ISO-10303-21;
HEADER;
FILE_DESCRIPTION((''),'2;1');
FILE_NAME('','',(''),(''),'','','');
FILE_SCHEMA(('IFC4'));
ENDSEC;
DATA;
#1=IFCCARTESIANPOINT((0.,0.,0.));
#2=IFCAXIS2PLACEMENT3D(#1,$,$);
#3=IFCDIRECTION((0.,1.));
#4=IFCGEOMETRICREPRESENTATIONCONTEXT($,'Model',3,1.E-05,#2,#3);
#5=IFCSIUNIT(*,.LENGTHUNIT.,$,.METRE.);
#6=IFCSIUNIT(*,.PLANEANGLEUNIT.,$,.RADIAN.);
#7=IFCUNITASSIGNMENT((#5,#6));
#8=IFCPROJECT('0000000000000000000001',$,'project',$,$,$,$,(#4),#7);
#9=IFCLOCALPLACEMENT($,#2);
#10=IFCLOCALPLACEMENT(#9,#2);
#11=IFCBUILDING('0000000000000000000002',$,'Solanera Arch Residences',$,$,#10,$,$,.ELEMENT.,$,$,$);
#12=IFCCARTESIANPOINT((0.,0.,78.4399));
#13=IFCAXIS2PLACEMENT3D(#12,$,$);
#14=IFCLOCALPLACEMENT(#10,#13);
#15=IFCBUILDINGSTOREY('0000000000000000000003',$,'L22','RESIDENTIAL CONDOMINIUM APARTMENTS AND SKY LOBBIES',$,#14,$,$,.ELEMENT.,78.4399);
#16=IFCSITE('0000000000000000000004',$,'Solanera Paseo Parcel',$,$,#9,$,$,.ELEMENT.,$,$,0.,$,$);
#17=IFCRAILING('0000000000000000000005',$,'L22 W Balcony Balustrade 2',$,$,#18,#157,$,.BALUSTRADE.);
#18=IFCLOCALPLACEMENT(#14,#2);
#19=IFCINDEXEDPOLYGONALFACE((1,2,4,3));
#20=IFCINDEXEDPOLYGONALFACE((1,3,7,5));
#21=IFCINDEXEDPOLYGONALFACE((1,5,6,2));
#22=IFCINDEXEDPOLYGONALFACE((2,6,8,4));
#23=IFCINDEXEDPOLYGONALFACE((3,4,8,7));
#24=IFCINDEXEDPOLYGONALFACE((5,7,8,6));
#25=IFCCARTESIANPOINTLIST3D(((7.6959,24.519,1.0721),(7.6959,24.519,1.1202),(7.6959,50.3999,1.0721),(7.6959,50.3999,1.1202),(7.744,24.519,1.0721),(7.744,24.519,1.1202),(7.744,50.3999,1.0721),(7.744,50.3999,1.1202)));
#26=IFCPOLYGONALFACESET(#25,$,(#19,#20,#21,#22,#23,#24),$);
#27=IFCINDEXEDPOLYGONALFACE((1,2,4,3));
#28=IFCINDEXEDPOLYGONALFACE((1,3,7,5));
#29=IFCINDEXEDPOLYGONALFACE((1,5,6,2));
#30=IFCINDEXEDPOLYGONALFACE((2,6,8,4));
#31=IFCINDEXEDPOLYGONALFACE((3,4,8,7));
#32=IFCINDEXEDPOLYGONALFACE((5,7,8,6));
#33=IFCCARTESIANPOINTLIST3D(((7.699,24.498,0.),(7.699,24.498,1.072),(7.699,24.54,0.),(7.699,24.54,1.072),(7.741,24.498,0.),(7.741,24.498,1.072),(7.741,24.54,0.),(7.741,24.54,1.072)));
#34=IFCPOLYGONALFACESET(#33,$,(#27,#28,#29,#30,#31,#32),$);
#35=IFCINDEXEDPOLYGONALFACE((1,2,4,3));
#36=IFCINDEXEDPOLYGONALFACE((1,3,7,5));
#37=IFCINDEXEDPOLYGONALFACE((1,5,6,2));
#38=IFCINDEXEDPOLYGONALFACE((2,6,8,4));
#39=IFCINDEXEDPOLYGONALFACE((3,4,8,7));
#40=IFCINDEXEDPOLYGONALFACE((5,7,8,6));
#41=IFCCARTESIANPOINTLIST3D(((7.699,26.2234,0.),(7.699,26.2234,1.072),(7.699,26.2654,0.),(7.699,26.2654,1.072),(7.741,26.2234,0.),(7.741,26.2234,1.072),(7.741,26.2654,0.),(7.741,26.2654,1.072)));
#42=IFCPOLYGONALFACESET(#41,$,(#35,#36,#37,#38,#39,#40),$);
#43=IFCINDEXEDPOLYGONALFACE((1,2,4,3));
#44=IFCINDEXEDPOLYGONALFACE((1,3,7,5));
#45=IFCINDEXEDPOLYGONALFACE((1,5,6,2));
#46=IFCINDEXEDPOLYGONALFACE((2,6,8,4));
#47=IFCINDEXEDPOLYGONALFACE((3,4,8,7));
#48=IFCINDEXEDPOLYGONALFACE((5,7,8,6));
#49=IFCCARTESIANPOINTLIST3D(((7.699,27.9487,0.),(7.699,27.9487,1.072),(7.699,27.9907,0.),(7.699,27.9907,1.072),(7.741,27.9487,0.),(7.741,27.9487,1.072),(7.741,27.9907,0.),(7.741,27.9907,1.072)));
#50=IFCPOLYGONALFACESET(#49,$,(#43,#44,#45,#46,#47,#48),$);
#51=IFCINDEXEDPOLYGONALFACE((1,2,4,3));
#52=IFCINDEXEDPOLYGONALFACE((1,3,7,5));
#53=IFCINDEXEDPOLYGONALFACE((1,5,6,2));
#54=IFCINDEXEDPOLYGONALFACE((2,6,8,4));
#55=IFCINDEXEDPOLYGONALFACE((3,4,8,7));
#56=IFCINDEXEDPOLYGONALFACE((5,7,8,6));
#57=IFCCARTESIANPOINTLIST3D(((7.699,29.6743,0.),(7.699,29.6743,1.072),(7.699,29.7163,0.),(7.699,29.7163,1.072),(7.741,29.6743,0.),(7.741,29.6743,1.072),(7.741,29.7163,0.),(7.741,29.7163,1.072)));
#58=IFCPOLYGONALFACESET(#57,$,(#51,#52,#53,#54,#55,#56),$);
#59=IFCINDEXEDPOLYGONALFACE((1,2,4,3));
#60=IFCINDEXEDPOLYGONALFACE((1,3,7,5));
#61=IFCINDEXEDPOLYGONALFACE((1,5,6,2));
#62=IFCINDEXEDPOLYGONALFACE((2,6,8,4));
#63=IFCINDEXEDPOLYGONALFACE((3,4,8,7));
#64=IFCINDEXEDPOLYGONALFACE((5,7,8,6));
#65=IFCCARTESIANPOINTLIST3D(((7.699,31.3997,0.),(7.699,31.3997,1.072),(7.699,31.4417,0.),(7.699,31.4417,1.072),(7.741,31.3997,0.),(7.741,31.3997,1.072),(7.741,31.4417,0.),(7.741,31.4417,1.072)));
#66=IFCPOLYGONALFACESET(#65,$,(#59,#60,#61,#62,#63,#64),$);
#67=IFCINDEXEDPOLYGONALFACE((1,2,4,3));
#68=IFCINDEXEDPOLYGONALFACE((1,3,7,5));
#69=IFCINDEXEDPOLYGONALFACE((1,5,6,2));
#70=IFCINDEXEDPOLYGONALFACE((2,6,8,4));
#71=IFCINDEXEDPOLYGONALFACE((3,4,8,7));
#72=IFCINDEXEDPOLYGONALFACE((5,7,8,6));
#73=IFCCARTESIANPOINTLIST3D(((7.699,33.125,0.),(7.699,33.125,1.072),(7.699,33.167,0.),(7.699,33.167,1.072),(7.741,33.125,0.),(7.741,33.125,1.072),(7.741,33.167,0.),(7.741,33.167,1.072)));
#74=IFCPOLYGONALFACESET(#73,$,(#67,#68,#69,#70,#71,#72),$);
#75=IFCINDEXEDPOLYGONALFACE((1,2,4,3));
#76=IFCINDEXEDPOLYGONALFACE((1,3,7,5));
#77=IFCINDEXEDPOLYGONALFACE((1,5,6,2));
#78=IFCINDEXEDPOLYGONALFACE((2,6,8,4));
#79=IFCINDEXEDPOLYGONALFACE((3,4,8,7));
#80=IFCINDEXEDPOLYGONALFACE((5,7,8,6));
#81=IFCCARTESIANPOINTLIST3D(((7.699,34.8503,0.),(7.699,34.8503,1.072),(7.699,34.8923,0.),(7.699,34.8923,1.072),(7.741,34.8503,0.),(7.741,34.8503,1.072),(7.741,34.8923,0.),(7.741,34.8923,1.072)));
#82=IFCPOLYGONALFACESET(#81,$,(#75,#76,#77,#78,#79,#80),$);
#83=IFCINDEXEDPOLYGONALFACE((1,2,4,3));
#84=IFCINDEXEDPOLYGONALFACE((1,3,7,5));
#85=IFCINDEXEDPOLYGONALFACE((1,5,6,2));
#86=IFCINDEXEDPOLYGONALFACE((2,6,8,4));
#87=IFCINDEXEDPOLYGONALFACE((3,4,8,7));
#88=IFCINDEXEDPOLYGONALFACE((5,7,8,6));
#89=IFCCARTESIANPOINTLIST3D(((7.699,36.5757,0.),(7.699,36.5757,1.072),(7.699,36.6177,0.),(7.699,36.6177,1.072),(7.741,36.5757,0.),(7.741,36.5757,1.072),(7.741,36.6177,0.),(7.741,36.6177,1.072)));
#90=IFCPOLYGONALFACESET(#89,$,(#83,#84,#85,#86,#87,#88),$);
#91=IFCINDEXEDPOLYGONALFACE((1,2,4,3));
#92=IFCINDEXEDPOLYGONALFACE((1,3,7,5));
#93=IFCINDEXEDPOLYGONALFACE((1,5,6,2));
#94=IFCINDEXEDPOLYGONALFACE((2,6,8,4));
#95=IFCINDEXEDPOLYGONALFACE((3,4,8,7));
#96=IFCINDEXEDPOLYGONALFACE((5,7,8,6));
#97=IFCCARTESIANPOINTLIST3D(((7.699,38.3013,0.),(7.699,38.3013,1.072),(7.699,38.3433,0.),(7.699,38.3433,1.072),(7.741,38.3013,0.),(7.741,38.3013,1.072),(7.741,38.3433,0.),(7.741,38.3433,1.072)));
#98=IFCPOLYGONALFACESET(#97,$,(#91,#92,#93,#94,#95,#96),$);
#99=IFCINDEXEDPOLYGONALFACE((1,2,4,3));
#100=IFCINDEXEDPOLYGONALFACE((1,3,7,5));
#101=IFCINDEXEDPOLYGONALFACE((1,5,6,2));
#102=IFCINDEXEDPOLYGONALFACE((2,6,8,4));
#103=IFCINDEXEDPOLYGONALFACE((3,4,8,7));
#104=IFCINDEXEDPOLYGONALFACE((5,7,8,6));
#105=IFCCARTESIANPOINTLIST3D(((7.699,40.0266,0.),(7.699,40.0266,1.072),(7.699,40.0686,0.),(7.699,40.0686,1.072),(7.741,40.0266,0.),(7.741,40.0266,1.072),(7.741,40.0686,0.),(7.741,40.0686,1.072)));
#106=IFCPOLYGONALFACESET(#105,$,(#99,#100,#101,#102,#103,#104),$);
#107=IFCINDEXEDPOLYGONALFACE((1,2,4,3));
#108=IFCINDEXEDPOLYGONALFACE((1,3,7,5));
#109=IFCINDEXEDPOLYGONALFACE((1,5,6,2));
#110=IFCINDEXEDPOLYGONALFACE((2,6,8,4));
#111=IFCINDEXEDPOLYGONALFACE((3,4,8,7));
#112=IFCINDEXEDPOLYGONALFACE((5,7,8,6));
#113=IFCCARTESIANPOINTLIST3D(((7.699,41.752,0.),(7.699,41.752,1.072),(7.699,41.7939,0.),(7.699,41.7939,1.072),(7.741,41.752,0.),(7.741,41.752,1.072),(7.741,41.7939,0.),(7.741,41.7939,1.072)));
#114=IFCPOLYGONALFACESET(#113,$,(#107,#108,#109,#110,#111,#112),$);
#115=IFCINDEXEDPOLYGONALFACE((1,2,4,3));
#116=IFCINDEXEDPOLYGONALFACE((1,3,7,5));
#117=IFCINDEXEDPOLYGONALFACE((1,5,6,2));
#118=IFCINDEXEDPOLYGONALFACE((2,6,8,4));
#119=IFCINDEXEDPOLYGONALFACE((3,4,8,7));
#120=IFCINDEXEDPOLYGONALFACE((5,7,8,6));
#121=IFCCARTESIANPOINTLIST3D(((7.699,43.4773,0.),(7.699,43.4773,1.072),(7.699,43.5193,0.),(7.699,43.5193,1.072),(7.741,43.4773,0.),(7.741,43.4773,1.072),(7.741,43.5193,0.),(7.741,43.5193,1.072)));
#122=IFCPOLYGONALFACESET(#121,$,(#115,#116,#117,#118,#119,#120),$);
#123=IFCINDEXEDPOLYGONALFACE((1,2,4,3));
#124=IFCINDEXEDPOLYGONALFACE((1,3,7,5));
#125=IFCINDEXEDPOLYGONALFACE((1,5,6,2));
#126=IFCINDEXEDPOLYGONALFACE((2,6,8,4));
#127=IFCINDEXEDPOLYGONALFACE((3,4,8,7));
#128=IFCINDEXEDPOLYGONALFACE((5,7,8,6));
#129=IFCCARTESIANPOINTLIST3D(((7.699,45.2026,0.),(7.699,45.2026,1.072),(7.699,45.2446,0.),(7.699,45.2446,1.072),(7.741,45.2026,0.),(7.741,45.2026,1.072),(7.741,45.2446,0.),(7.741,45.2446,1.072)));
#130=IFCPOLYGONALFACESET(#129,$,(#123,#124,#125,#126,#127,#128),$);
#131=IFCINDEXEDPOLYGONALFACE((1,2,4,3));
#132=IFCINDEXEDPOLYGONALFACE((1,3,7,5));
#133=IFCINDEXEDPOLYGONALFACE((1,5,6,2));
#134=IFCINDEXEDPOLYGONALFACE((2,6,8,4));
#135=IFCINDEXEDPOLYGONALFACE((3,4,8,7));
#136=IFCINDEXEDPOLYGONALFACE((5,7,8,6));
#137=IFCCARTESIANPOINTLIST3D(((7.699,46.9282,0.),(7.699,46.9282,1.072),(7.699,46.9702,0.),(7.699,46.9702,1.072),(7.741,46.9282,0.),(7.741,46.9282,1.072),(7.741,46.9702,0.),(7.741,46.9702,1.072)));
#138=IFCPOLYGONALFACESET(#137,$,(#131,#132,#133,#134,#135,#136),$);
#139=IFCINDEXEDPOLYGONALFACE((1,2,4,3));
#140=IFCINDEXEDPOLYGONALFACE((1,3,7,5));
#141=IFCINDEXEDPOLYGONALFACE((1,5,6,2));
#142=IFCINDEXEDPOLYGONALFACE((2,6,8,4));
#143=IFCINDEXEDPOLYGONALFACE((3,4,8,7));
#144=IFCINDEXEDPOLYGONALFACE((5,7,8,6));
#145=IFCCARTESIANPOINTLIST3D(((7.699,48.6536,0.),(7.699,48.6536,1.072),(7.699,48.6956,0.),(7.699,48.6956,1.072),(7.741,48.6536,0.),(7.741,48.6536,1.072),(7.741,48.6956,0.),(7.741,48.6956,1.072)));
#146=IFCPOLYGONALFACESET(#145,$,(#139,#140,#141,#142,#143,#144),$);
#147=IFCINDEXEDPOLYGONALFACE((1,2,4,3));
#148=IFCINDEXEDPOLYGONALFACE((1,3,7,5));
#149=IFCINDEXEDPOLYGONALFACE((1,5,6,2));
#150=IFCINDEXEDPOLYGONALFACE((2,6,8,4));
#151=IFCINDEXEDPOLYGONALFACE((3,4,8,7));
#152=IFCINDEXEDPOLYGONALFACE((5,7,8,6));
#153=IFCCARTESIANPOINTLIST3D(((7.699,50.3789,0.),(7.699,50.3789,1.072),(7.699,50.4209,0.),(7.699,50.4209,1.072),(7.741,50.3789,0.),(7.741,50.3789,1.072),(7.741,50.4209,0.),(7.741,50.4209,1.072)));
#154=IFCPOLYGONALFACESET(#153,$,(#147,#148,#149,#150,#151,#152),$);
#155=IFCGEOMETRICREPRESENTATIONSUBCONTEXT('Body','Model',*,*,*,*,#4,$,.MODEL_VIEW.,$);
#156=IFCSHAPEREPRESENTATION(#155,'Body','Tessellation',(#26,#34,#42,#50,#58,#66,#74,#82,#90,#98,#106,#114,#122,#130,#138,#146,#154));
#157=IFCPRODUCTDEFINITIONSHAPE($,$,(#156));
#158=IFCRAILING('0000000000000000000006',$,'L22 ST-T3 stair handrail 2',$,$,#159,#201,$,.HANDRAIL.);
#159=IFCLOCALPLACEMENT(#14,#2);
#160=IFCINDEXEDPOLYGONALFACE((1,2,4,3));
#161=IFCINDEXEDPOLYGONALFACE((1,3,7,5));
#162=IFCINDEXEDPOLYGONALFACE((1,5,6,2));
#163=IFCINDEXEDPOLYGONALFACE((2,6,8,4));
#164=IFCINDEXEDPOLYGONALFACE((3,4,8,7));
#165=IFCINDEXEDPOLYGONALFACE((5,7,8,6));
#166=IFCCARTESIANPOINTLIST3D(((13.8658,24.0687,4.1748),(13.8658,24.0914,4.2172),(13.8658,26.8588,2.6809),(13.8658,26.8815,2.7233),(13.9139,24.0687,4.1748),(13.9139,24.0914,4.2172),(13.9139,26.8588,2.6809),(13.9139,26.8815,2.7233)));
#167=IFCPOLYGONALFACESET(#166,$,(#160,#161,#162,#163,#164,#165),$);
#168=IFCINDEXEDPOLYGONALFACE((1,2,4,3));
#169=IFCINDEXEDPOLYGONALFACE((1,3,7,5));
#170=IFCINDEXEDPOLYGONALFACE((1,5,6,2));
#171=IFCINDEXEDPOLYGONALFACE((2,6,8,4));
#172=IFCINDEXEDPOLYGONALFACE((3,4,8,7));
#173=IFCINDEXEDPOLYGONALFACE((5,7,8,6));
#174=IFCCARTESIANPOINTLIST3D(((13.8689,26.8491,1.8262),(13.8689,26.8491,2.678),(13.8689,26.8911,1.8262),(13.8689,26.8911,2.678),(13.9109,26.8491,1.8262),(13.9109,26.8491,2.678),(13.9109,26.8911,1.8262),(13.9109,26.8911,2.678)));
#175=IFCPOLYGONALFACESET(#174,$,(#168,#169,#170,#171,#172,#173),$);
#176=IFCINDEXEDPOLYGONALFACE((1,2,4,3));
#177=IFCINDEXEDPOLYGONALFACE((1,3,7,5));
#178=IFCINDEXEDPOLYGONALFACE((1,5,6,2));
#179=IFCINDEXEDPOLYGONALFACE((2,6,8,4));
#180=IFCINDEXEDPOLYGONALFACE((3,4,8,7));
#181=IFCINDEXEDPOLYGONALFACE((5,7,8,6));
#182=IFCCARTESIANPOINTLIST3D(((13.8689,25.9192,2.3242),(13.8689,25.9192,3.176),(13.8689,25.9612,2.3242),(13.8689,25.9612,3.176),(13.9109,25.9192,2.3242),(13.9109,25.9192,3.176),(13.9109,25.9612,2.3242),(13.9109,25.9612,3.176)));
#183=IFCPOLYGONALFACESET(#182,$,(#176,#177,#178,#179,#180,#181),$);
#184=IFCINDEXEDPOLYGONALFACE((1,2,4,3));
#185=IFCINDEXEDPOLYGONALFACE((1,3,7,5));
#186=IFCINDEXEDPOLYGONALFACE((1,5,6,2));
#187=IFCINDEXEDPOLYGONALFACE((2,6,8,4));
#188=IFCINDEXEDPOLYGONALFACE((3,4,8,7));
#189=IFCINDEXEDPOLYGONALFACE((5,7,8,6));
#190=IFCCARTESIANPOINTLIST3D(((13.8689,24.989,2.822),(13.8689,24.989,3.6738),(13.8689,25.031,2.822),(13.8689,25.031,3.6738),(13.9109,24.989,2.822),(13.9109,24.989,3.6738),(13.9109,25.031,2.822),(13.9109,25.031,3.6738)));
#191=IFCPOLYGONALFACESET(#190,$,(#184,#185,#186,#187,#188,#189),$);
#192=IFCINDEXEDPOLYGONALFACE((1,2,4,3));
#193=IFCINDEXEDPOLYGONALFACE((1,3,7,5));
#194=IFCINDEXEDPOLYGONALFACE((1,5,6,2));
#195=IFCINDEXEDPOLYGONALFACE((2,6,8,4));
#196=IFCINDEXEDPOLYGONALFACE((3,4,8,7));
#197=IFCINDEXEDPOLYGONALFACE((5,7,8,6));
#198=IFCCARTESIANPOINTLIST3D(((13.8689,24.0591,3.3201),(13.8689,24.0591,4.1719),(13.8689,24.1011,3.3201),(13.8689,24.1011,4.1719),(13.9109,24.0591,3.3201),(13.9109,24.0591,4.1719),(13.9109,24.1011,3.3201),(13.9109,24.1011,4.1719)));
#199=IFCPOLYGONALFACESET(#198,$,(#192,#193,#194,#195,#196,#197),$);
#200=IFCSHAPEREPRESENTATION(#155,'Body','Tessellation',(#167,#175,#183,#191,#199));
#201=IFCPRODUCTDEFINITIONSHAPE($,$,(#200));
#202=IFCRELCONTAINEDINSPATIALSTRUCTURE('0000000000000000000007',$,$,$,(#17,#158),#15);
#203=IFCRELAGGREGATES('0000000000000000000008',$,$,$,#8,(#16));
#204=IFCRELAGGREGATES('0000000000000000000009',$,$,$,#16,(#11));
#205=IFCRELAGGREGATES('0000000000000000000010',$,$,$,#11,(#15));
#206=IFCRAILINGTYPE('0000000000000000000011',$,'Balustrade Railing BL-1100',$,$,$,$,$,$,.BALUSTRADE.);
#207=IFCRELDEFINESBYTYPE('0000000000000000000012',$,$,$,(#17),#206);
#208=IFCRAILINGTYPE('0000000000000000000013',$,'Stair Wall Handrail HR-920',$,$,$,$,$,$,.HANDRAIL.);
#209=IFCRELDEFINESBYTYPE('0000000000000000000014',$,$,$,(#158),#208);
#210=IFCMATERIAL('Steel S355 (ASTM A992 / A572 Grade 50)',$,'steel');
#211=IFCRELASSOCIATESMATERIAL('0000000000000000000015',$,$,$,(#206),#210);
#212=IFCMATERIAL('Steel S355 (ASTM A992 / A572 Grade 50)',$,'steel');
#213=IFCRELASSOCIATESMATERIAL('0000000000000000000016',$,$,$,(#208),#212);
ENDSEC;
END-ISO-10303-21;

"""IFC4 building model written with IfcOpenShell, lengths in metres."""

from ifc_helpers import new_model, si_unit, direction, frame, origin, origin_2d, place, context, subcontext, project, spatial, rectangle, extrude, material, type_object, element, save


model = new_model("IFC4")

# Units and contexts
model_context = context("Model", 3, precision=1e-05, world=origin(), true_north=direction((0.0, 1.0)))
body_context = subcontext(model_context, "Body", "Model", "MODEL_VIEW")
ifc_project = project(units=[si_unit("LENGTHUNIT", "METRE"), si_unit("PLANEANGLEUNIT", "RADIAN")], contexts=[model_context])

# Site, building, storey
site_placement = place(None, origin())
site = spatial("IfcSite", under=ifc_project, at=site_placement, Name="Solanera Paseo Parcel", CompositionType="ELEMENT", RefElevation=0.0)
building_placement = place(site_placement, origin())
building = spatial("IfcBuilding", under=site, at=building_placement, Name="Solanera Arch Residences", CompositionType="ELEMENT")
storey_placement = place(building_placement, frame((0.0, 0.0, 78.4399)))
storey = spatial("IfcBuildingStorey", under=building, at=storey_placement, Name="L22", Description="RESIDENTIAL CONDOMINIUM APARTMENTS AND SKY LOBBIES", CompositionType="ELEMENT", Elevation=78.4399)

# Railings
ifc_material_1 = material(Name="Steel S355 (ASTM A992 / A572 Grade 50)", Category="steel")
railing_type_1 = type_object("IfcRailingType", Name="Balustrade Railing BL-1100", PredefinedType="BALUSTRADE", material=ifc_material_1)
railing_1_placement = place(storey_placement, frame((7.72, 24.519, 0.0)))
element("IfcRailing", 1, at=railing_1_placement, inside=storey, type_object=railing_type_1, Name="L22 W Balcony Balustrade 2", PredefinedType="BALUSTRADE", context=body_context, shape_type="SweptSolid", body=[
    extrude(rectangle(XDim=0.0481, YDim=0.0481, at=origin_2d()), frame((0.0, 0.0, 1.0962), z_axis=(0.0, 1.0, 0.0), x_axis=(-1.0, 0.0, 0.0)), (0.0, 0.0, 1.0), 25.8809),
    extrude(rectangle(XDim=0.042, YDim=0.042, at=origin_2d()), origin(), (0.0, 0.0, 1.0), 1.072),
    extrude(rectangle(XDim=0.042, YDim=0.042, at=origin_2d()), frame((0.0, 1.7253, 0.0)), (0.0, 0.0, 1.0), 1.072),
    extrude(rectangle(XDim=0.042, YDim=0.042, at=origin_2d()), frame((0.0, 3.4507, 0.0)), (0.0, 0.0, 1.0), 1.072),
    extrude(rectangle(XDim=0.042, YDim=0.042, at=origin_2d()), frame((0.0, 5.1763, 0.0)), (0.0, 0.0, 1.0), 1.072),
    extrude(rectangle(XDim=0.042, YDim=0.042, at=origin_2d()), frame((0.0, 6.9016, 0.0)), (0.0, 0.0, 1.0), 1.072),
    extrude(rectangle(XDim=0.042, YDim=0.042, at=origin_2d()), frame((0.0, 8.627, 0.0)), (0.0, 0.0, 1.0), 1.072),
    extrude(rectangle(XDim=0.042, YDim=0.042, at=origin_2d()), frame((0.0, 10.3523, 0.0)), (0.0, 0.0, 1.0), 1.072),
    extrude(rectangle(XDim=0.042, YDim=0.042, at=origin_2d()), frame((0.0, 12.0776, 0.0)), (0.0, 0.0, 1.0), 1.072),
    extrude(rectangle(XDim=0.042, YDim=0.042, at=origin_2d()), frame((0.0, 13.8032, 0.0)), (0.0, 0.0, 1.0), 1.072),
    extrude(rectangle(XDim=0.042, YDim=0.042, at=origin_2d()), frame((0.0, 15.5286, 0.0)), (0.0, 0.0, 1.0), 1.072),
    extrude(rectangle(XDim=0.042, YDim=0.042, at=origin_2d()), frame((0.0, 17.2539, 0.0)), (0.0, 0.0, 1.0), 1.072),
    extrude(rectangle(XDim=0.042, YDim=0.042, at=origin_2d()), frame((0.0, 18.9792, 0.0)), (0.0, 0.0, 1.0), 1.072),
    extrude(rectangle(XDim=0.042, YDim=0.042, at=origin_2d()), frame((0.0, 20.7046, 0.0)), (0.0, 0.0, 1.0), 1.072),
    extrude(rectangle(XDim=0.042, YDim=0.042, at=origin_2d()), frame((0.0, 22.4302, 0.0)), (0.0, 0.0, 1.0), 1.072),
    extrude(rectangle(XDim=0.042, YDim=0.042, at=origin_2d()), frame((0.0, 24.1555, 0.0)), (0.0, 0.0, 1.0), 1.072),
    extrude(rectangle(XDim=0.042, YDim=0.042, at=origin_2d()), frame((0.0, 25.8809, 0.0)), (0.0, 0.0, 1.0), 1.072),
])
ifc_material_2 = material(Name="Steel S355 (ASTM A992 / A572 Grade 50)", Category="steel")
railing_type_2 = type_object("IfcRailingType", Name="Stair Wall Handrail HR-920", PredefinedType="HANDRAIL", material=ifc_material_2)
railing_2_placement = place(storey_placement, frame((13.8899, 26.8701, 1.8262)))
element("IfcRailing", 2, at=railing_2_placement, inside=storey, type_object=railing_type_2, Name="L22 ST-T3 stair handrail 2", PredefinedType="HANDRAIL", context=body_context, shape_type="SweptSolid", body=[
    extrude(rectangle(XDim=0.0481, YDim=0.0481, at=origin_2d()), frame((0.0, 0.0, 0.876), z_axis=(0.0, -0.881581, 0.472033), x_axis=(1.0, 0.0, 0.0)), (0.0, 0.0, 1.0), 3.1648),
    extrude(rectangle(XDim=0.042, YDim=0.042, at=origin_2d()), origin(), (0.0, 0.0, 1.0), 0.8518),
    extrude(rectangle(XDim=0.042, YDim=0.042, at=origin_2d()), frame((0.0, -0.9299, 0.498)), (0.0, 0.0, 1.0), 0.8518),
    extrude(rectangle(XDim=0.042, YDim=0.042, at=origin_2d()), frame((0.0, -1.8601, 0.9958)), (0.0, 0.0, 1.0), 0.8518),
    extrude(rectangle(XDim=0.042, YDim=0.042, at=origin_2d()), frame((0.0, -2.79, 1.4939)), (0.0, 0.0, 1.0), 0.8518),
])

save(model, "model.ifc")
